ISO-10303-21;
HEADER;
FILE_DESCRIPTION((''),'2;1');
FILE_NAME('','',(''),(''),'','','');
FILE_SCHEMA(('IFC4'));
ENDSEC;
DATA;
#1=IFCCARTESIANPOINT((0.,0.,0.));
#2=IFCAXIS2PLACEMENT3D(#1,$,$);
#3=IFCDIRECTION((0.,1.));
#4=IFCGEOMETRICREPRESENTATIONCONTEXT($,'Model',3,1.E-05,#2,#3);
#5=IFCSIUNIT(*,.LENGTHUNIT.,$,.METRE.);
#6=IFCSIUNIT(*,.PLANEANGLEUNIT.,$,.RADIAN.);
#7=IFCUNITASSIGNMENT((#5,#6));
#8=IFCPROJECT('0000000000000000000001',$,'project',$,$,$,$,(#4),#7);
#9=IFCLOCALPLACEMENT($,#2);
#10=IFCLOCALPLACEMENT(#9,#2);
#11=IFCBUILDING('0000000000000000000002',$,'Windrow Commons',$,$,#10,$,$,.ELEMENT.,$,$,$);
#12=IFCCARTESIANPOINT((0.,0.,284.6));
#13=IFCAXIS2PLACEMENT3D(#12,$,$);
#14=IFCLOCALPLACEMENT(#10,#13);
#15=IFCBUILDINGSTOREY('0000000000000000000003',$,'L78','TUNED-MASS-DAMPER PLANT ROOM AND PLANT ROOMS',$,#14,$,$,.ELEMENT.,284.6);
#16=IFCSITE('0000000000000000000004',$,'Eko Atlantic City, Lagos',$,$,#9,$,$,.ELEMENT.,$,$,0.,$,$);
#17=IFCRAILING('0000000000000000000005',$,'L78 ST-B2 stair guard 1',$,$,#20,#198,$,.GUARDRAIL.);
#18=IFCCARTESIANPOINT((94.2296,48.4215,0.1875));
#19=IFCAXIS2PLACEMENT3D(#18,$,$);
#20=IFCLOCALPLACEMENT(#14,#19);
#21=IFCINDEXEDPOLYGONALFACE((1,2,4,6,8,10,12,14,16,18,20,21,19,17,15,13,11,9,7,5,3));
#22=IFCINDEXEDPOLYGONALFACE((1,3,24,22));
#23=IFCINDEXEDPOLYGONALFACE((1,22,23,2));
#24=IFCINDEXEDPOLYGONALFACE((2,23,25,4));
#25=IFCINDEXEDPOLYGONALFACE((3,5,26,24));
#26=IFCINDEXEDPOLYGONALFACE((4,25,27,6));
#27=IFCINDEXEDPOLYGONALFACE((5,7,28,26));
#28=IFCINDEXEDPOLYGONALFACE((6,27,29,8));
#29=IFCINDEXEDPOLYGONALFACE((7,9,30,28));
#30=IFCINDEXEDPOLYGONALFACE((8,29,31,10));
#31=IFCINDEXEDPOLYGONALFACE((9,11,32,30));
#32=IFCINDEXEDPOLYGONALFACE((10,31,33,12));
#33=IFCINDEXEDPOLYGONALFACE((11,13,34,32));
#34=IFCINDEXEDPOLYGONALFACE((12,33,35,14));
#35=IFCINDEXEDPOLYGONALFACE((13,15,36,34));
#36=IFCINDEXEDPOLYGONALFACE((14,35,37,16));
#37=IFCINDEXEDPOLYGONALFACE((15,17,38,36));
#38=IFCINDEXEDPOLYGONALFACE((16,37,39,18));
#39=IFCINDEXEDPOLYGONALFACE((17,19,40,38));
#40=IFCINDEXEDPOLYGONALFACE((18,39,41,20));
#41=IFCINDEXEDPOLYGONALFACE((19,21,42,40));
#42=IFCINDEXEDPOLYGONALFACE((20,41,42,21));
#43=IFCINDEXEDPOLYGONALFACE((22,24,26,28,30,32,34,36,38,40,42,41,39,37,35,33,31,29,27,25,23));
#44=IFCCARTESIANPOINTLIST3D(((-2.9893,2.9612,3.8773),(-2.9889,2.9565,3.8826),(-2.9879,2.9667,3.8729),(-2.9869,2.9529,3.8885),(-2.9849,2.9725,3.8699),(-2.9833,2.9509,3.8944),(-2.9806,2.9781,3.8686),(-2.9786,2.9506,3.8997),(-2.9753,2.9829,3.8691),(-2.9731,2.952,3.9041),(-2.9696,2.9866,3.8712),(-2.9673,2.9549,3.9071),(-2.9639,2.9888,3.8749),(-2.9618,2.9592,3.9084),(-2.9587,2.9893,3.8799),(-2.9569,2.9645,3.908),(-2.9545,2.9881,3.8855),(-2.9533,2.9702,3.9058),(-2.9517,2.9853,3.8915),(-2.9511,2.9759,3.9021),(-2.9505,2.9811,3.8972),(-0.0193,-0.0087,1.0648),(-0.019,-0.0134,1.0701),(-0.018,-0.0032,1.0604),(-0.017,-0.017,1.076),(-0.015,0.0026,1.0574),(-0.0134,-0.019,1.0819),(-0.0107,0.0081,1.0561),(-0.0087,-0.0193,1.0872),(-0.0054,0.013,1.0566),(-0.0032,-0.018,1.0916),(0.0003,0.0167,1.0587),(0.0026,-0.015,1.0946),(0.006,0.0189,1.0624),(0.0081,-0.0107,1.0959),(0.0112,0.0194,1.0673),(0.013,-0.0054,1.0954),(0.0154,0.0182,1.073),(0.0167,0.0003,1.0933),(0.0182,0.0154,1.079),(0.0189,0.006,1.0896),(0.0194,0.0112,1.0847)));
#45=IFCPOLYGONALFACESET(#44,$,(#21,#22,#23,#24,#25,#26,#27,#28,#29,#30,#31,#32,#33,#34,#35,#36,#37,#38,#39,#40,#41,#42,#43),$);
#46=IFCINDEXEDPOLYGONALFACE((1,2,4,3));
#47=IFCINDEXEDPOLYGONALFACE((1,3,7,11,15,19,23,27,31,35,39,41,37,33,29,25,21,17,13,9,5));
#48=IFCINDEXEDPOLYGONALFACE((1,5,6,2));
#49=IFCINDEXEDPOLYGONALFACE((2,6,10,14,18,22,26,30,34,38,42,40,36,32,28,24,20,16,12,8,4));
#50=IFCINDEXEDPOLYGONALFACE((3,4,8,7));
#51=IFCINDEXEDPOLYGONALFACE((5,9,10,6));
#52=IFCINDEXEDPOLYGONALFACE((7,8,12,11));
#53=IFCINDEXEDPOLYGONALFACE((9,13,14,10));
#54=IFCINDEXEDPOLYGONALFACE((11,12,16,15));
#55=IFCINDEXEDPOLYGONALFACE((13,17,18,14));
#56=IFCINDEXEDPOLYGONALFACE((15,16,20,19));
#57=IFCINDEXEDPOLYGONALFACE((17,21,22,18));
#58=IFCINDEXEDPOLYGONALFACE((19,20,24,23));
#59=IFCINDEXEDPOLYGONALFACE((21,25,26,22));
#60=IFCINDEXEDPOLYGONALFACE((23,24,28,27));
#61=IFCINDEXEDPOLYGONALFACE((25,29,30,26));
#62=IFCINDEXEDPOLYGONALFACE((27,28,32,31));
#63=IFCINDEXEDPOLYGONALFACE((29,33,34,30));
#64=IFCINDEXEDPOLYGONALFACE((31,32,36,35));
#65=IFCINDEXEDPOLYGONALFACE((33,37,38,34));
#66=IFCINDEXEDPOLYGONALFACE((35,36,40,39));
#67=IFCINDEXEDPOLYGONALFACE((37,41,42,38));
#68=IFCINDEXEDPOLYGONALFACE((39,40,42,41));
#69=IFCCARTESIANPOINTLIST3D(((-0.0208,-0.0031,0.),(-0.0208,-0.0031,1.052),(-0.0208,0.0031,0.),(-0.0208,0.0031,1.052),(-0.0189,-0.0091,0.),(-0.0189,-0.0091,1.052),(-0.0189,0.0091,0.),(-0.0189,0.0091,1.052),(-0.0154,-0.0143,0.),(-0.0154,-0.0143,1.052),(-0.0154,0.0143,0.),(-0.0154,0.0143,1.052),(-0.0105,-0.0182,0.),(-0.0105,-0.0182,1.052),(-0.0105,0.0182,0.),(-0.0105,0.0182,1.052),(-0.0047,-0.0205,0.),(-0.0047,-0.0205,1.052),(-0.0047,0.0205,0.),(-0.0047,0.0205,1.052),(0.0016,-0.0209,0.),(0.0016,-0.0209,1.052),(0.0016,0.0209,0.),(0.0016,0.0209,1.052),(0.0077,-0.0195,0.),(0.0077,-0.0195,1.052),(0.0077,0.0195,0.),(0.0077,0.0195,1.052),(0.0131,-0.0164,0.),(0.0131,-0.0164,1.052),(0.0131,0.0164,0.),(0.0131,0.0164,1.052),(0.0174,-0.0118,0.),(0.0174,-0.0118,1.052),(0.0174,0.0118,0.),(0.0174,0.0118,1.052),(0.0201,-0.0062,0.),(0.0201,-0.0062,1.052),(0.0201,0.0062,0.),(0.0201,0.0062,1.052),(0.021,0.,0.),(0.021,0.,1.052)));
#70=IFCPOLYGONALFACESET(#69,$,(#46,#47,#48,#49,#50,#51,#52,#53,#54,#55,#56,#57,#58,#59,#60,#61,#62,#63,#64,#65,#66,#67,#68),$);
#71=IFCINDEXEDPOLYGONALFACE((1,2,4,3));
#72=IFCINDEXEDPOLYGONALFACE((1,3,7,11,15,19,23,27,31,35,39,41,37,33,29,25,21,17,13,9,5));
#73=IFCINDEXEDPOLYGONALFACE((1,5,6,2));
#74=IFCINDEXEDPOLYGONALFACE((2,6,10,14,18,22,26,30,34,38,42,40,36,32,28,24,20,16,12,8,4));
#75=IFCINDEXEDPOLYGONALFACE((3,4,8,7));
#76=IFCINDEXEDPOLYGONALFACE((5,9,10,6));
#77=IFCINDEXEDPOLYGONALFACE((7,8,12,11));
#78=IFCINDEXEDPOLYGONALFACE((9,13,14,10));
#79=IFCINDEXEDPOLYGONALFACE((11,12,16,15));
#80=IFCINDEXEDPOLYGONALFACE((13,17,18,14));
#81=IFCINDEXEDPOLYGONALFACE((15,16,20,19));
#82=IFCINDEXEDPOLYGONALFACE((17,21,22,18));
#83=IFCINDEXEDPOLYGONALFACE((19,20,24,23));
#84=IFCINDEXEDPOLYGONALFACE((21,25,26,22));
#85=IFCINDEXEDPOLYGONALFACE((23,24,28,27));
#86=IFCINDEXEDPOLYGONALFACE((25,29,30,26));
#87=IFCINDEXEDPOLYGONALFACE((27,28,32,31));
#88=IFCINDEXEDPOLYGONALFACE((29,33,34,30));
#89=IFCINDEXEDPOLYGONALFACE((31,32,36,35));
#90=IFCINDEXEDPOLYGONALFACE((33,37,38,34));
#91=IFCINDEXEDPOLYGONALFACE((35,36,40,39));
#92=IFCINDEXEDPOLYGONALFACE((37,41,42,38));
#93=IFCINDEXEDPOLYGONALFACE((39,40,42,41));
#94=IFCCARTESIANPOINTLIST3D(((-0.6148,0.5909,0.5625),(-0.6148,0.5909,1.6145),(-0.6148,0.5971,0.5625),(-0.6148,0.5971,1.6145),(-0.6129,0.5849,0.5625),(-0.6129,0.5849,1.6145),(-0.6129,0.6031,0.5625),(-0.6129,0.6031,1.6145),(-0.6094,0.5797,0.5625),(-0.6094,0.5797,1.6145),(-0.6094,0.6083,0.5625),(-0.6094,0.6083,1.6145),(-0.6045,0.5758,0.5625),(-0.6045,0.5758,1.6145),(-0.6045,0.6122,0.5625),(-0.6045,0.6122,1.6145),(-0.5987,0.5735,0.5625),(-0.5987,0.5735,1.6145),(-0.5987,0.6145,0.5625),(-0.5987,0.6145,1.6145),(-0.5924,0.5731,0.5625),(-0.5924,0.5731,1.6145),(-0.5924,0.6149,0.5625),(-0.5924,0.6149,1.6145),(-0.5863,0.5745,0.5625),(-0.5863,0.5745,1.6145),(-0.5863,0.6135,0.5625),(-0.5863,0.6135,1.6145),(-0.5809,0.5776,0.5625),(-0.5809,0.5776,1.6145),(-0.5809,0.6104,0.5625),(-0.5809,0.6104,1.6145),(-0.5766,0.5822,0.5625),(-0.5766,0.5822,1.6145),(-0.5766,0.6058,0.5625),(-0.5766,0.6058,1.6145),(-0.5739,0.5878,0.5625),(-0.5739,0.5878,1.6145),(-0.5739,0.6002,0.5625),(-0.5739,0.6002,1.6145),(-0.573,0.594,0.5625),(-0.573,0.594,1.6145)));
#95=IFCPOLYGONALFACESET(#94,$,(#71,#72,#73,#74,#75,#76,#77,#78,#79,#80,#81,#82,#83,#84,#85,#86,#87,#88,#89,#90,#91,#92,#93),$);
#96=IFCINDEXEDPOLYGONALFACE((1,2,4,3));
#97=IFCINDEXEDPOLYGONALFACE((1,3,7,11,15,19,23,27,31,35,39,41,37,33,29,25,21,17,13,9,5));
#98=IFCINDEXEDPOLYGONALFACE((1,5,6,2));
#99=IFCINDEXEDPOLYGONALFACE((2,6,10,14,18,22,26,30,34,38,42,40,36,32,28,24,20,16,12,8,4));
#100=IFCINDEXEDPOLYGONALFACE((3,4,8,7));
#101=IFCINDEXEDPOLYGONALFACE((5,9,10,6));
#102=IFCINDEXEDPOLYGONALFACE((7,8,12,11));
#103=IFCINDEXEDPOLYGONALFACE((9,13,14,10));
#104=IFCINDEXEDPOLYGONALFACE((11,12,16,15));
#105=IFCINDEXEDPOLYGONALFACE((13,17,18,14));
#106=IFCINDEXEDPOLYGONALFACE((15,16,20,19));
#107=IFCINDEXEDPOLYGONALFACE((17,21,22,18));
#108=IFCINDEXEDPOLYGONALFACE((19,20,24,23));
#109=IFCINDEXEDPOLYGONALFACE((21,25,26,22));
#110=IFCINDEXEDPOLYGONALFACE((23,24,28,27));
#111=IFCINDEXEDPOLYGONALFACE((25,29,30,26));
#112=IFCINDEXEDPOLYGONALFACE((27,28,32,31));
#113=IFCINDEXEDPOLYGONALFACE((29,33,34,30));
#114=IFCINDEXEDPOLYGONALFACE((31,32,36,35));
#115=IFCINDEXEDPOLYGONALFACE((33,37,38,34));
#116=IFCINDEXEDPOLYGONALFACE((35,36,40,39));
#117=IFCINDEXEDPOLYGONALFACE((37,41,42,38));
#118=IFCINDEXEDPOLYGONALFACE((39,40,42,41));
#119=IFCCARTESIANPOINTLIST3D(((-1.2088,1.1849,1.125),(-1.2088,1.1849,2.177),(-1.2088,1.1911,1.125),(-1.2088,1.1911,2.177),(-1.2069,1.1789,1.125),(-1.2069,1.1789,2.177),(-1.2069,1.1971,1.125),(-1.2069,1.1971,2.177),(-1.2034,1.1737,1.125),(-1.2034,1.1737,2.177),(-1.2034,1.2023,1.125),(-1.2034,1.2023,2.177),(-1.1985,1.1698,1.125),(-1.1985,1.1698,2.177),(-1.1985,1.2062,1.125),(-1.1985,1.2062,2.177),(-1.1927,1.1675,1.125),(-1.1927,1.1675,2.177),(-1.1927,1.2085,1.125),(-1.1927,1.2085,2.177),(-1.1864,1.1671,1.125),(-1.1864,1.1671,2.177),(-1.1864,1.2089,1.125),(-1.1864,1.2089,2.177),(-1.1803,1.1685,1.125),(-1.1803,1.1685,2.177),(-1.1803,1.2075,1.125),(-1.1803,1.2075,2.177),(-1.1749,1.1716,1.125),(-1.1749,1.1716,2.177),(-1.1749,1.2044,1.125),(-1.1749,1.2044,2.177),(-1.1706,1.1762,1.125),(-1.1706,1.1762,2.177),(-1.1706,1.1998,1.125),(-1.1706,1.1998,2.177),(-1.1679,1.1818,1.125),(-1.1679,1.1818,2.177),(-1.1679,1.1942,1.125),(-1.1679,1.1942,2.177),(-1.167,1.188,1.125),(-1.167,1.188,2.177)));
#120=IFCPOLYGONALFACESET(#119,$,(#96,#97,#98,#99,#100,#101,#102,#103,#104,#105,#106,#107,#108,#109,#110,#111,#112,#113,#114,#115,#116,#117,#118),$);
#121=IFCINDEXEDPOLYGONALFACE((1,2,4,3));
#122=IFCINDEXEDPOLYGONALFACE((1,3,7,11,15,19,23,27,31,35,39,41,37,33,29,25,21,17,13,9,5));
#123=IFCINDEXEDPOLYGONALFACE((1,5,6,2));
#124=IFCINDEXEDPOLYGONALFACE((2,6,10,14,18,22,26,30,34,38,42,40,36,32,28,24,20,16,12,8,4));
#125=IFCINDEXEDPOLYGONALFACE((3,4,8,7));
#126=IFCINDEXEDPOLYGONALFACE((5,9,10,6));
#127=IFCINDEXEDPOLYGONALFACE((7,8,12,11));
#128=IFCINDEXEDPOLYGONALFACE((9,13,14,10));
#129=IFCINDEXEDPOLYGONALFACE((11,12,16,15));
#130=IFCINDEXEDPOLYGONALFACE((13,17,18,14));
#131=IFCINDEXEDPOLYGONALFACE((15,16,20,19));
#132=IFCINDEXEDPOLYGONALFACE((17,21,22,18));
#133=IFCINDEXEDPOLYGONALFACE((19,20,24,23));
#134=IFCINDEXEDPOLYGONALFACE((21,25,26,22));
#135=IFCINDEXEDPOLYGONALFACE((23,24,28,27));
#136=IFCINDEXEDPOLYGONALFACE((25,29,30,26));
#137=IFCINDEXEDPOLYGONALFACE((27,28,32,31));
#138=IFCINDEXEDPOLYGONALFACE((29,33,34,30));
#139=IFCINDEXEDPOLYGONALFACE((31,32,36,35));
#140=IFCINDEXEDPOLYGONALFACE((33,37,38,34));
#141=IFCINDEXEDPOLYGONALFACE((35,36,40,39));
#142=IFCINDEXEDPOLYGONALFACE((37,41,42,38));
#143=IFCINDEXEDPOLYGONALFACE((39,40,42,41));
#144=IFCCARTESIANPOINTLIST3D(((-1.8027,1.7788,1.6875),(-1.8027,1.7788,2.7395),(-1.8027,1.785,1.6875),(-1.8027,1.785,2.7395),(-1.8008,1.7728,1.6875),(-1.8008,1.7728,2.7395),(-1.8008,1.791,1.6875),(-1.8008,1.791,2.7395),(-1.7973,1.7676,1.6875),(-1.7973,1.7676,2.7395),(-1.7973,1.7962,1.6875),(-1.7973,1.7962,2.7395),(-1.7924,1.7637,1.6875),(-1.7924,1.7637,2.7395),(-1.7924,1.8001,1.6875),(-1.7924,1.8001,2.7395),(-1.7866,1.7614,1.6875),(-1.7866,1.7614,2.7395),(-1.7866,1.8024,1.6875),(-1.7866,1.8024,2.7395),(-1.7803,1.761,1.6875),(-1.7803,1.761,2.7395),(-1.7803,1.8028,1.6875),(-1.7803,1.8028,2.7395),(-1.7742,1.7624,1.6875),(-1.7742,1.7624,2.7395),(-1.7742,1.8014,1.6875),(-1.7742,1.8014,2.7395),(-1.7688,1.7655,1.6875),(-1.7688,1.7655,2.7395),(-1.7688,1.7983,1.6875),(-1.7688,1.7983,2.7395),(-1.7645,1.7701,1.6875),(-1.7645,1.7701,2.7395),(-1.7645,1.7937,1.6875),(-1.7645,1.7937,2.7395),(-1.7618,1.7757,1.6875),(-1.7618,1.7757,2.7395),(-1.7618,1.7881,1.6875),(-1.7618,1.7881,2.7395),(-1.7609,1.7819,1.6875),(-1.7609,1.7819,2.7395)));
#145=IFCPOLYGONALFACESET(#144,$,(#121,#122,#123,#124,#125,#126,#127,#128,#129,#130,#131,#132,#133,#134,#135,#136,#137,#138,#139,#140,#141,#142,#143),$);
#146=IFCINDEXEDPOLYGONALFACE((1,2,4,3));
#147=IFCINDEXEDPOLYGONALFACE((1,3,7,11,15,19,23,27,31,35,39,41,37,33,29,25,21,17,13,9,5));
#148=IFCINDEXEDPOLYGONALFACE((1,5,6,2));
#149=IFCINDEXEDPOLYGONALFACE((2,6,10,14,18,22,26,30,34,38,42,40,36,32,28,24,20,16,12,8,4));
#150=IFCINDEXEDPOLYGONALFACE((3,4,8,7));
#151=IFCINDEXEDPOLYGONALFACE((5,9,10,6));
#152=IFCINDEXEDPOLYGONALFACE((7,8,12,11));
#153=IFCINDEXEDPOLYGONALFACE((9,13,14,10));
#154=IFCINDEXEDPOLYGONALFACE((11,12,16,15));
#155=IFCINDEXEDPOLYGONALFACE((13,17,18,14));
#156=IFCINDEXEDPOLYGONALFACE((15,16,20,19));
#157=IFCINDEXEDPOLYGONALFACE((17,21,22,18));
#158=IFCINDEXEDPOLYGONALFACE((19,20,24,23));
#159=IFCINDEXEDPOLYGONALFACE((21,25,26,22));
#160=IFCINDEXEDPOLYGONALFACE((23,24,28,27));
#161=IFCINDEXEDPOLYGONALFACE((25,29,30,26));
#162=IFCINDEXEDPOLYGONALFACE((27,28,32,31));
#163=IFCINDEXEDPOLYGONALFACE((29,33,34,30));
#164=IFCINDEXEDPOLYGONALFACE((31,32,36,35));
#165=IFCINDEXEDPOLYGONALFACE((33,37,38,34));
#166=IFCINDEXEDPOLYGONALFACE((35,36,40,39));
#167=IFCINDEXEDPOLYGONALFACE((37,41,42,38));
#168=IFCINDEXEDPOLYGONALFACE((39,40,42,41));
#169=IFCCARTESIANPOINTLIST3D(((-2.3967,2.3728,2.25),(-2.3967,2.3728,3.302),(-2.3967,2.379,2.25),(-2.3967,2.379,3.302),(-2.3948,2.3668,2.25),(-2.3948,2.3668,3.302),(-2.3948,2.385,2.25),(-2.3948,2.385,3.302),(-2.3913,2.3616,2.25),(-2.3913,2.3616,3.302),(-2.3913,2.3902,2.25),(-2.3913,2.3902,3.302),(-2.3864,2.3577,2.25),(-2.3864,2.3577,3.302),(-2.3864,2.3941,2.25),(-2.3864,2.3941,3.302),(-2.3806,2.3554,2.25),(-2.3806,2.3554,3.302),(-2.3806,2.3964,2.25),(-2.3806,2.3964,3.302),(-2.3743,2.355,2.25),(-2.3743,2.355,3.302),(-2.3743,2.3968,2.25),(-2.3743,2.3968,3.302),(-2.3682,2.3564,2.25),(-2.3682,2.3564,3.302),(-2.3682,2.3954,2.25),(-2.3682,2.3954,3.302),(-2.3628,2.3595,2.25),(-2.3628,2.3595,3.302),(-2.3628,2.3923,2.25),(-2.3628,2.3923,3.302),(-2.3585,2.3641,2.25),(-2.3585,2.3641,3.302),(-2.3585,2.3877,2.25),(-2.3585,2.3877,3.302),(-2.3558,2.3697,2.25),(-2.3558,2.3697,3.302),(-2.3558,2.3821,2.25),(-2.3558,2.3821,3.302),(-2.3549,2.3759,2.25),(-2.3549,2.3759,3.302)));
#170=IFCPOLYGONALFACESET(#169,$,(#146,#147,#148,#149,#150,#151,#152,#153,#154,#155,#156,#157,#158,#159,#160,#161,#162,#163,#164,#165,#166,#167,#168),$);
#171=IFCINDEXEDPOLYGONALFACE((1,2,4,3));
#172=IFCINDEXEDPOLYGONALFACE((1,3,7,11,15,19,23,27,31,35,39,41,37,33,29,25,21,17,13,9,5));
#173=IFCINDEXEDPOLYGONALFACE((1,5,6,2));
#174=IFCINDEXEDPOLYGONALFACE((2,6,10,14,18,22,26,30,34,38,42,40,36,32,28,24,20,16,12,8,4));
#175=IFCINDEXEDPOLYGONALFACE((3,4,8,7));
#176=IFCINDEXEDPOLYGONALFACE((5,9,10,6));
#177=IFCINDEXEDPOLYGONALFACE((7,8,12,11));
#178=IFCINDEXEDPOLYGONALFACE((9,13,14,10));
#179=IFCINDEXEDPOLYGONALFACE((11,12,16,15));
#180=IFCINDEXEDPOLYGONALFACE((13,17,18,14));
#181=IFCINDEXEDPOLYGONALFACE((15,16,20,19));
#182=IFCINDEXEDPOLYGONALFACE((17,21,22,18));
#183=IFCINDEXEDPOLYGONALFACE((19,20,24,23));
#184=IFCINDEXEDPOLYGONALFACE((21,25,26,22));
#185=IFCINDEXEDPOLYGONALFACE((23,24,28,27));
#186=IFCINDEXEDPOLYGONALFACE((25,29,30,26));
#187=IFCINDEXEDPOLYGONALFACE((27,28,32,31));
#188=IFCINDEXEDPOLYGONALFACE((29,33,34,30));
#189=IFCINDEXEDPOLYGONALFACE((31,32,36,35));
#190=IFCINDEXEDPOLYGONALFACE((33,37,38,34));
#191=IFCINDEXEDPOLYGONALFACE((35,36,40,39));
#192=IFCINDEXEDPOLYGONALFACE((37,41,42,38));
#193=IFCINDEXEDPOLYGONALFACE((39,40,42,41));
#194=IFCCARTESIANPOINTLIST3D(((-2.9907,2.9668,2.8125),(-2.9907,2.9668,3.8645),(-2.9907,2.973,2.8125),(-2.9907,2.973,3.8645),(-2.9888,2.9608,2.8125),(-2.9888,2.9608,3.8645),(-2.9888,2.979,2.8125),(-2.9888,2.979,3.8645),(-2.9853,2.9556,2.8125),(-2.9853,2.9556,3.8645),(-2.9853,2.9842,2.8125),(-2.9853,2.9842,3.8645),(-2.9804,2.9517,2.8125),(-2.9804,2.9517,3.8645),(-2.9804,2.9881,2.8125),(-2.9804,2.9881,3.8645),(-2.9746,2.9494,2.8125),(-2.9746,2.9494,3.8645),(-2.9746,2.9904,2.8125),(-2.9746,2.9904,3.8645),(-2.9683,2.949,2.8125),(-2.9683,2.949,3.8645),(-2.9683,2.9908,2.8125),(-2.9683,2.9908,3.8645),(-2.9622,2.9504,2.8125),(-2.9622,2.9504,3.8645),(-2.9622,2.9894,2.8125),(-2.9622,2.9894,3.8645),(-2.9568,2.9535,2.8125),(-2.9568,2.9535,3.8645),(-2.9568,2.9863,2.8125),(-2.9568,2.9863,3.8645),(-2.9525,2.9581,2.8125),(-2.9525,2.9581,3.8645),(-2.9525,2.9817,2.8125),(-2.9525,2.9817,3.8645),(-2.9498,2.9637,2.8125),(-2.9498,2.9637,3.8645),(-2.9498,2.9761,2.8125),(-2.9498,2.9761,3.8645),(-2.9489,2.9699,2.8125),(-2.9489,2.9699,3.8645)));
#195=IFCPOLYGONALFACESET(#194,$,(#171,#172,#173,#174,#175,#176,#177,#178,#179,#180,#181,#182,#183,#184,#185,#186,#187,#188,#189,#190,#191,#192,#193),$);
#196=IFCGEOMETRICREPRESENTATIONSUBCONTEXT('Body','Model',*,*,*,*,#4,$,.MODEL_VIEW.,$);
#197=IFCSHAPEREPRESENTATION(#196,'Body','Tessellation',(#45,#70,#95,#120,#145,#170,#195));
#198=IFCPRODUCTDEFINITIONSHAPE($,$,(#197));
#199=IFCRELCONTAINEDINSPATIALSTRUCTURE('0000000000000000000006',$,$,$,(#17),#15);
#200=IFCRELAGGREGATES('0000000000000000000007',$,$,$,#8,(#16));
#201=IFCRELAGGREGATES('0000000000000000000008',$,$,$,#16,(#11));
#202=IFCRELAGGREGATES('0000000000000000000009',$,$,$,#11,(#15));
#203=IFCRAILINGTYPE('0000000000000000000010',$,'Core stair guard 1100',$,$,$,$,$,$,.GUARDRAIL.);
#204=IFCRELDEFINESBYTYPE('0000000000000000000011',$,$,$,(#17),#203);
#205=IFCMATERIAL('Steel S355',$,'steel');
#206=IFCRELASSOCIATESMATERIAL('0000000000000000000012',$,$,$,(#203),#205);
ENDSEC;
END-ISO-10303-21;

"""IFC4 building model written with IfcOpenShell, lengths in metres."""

from ifc_helpers import new_model, si_unit, direction, frame, origin, origin_2d, place, context, subcontext, project, spatial, circle, extrude, material, type_object, element, save


model = new_model("IFC4")

# Units and contexts
model_context = context("Model", 3, precision=1e-05, world=origin(), true_north=direction((0.0, 1.0)))
body_context = subcontext(model_context, "Body", "Model", "MODEL_VIEW")
ifc_project = project(units=[si_unit("LENGTHUNIT", "METRE"), si_unit("PLANEANGLEUNIT", "RADIAN")], contexts=[model_context])

# Site, building, storey
site_placement = place(None, origin())
site = spatial("IfcSite", under=ifc_project, at=site_placement, Name="Eko Atlantic City, Lagos", CompositionType="ELEMENT", RefElevation=0.0)
building_placement = place(site_placement, origin())
building = spatial("IfcBuilding", under=site, at=building_placement, Name="Windrow Commons", CompositionType="ELEMENT")
storey_placement = place(building_placement, frame((0.0, 0.0, 284.6)))
storey = spatial("IfcBuildingStorey", under=building, at=storey_placement, Name="L78", Description="TUNED-MASS-DAMPER PLANT ROOM AND PLANT ROOMS", CompositionType="ELEMENT", Elevation=284.6)

# Railing
ifc_material_1 = material(Name="Steel S355", Category="steel")
railing_type_1 = type_object("IfcRailingType", Name="Core stair guard 1100", PredefinedType="GUARDRAIL", material=ifc_material_1)
railing_1_placement = place(storey_placement, frame((94.2296, 48.4215, 0.1875)))
element("IfcRailing", 1, at=railing_1_placement, inside=storey, type_object=railing_type_1, Name="L78 ST-B2 stair guard 1", PredefinedType="GUARDRAIL", context=body_context, shape_type="SweptSolid", body=[
    extrude(circle(Radius=0.024, at=origin_2d()), frame((0.0, 0.0, 1.076), z_axis=(-0.587543, 0.587543, 0.556404), x_axis=(-0.707107, -0.707107, 0.0)), (0.0, 0.0, 1.0), 5.0548),
    extrude(circle(Radius=0.021, at=origin_2d()), origin(), (0.0, 0.0, 1.0), 1.052),
    extrude(circle(Radius=0.021, at=origin_2d()), frame((-0.594, 0.594, 0.5625)), (0.0, 0.0, 1.0), 1.052),
    extrude(circle(Radius=0.021, at=origin_2d()), frame((-1.188, 1.188, 1.125)), (0.0, 0.0, 1.0), 1.052),
    extrude(circle(Radius=0.021, at=origin_2d()), frame((-1.7819, 1.7819, 1.6875)), (0.0, 0.0, 1.0), 1.052),
    extrude(circle(Radius=0.021, at=origin_2d()), frame((-2.3759, 2.3759, 2.25)), (0.0, 0.0, 1.0), 1.052),
    extrude(circle(Radius=0.021, at=origin_2d()), frame((-2.9699, 2.9699, 2.8125)), (0.0, 0.0, 1.0), 1.052),
])

save(model, "model.ifc")
